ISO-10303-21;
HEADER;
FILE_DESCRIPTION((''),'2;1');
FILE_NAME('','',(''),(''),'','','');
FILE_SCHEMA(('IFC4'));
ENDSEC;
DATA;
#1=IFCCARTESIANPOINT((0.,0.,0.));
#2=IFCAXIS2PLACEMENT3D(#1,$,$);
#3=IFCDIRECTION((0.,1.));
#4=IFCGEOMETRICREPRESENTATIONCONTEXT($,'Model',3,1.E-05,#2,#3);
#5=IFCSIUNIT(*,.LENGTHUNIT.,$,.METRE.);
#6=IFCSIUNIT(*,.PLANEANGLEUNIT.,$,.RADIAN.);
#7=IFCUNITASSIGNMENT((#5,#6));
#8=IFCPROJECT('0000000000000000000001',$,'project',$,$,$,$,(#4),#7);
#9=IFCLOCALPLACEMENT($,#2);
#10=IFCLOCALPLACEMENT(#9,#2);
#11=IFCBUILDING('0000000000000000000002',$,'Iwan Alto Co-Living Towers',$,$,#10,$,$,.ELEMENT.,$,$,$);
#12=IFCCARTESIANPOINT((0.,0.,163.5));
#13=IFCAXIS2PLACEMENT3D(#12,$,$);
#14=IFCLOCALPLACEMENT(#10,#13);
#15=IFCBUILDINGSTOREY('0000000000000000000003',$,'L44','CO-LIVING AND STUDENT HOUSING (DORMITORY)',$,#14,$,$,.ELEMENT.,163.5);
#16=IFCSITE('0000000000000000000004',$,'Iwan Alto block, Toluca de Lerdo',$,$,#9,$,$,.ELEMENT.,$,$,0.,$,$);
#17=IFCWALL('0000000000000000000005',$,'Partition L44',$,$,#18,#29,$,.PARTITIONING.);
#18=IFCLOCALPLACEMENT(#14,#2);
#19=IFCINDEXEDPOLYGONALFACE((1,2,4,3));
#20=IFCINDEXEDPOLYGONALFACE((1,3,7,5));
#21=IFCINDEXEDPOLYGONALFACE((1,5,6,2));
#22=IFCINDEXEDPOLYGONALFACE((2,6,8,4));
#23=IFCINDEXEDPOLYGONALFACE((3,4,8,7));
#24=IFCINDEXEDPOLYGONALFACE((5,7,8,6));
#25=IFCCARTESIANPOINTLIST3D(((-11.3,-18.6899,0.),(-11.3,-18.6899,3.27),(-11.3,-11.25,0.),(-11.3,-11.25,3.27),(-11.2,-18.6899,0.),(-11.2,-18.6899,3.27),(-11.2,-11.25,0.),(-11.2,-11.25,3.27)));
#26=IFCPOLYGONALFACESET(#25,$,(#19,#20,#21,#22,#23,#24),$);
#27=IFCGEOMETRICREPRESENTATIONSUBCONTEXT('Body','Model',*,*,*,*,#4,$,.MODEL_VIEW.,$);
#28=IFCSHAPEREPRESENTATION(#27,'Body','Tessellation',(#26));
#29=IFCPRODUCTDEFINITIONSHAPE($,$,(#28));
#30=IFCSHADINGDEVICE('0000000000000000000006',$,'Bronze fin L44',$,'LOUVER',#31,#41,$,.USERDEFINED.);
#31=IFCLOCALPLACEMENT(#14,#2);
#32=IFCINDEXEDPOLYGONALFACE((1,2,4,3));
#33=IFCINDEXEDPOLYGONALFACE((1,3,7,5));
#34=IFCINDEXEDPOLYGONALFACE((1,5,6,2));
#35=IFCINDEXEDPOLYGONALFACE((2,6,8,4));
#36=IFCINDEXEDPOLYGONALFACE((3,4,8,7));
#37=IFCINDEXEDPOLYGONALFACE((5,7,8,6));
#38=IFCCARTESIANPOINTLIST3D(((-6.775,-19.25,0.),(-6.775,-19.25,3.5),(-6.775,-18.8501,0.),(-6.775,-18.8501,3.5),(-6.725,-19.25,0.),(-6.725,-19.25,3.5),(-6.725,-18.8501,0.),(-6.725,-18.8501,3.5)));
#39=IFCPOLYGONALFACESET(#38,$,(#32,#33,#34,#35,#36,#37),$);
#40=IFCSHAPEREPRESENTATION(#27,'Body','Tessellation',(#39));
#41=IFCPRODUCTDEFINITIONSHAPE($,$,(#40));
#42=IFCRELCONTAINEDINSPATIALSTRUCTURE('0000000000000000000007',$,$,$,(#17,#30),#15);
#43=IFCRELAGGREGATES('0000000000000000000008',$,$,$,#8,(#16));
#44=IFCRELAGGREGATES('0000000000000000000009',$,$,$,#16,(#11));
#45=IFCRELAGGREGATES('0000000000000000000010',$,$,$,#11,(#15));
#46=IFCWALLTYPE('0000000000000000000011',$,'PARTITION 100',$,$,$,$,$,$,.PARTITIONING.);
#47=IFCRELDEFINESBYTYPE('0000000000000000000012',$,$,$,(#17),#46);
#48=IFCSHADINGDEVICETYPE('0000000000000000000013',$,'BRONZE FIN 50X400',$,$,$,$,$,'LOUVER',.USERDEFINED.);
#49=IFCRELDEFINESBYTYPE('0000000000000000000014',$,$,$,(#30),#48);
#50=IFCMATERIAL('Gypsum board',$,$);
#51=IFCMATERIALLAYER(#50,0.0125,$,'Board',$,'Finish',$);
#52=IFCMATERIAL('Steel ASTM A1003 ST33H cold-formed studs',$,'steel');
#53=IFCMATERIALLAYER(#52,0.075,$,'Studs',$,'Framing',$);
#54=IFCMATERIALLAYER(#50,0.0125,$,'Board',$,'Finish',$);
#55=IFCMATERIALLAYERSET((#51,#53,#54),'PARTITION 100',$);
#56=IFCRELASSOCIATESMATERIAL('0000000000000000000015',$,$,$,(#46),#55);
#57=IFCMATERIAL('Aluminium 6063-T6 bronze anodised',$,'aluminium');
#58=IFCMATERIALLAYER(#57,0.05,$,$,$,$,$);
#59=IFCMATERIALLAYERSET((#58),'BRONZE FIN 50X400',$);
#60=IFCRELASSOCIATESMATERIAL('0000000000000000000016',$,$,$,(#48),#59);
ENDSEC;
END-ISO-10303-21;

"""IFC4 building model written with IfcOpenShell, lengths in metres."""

from ifc_helpers import new_model, si_unit, direction, frame, frame_2d, origin, origin_2d, place, context, subcontext, project, spatial, rectangle, extrude, material, layer, layer_set, type_object, element, save


model = new_model("IFC4")

# Units and contexts
model_context = context("Model", 3, precision=1e-05, world=origin(), true_north=direction((0.0, 1.0)))
body_context = subcontext(model_context, "Body", "Model", "MODEL_VIEW")
ifc_project = project(units=[si_unit("LENGTHUNIT", "METRE"), si_unit("PLANEANGLEUNIT", "RADIAN")], contexts=[model_context])

# Site, building, storey
site_placement = place(None, origin())
site = spatial("IfcSite", under=ifc_project, at=site_placement, Name="Iwan Alto block, Toluca de Lerdo", CompositionType="ELEMENT", RefElevation=0.0)
building_placement = place(site_placement, origin())
building = spatial("IfcBuilding", under=site, at=building_placement, Name="Iwan Alto Co-Living Towers", CompositionType="ELEMENT")
storey_placement = place(building_placement, frame((0.0, 0.0, 163.5)))
storey = spatial("IfcBuildingStorey", under=building, at=storey_placement, Name="L44", Description="CO-LIVING AND STUDENT HOUSING (DORMITORY)", CompositionType="ELEMENT", Elevation=163.5)

# Shared definitions
ifc_material_1 = material(Name="Gypsum board")
ifc_layer_1 = layer(ifc_material_1, 0.0125, Name="Board", Category="Finish")
ifc_material_2 = material(Name="Steel ASTM A1003 ST33H cold-formed studs", Category="steel")
ifc_layer_2 = layer(ifc_material_2, 0.075, Name="Studs", Category="Framing")
ifc_layer_3 = layer(ifc_material_1, 0.0125, Name="Board", Category="Finish")
ifc_layer_set_1 = layer_set([ifc_layer_1, ifc_layer_2, ifc_layer_3], Name="PARTITION 100")
wall_type = type_object("IfcWallType", Name="PARTITION 100", PredefinedType="PARTITIONING", material=ifc_layer_set_1)

# Wall
wall_1_placement = place(storey_placement, frame((-11.25, -18.6899, 0.0), z_axis=(0.0, 0.0, 1.0), x_axis=(0.0, 1.0, 0.0)))
element("IfcWall", 1, at=wall_1_placement, inside=storey, type_object=wall_type, Name="Partition L44", PredefinedType="PARTITIONING", context=body_context, shape_type="SweptSolid", body=[
    extrude(rectangle(XDim=7.4399, YDim=0.1001, at=frame_2d((3.72, 0.0))), origin(), (0.0, 0.0, 1.0), 3.27),
])

# Shading device
ifc_material_3 = material(Name="Aluminium 6063-T6 bronze anodised", Category="aluminium")
ifc_layer_4 = layer(ifc_material_3, 0.05)
ifc_layer_set_2 = layer_set([ifc_layer_4], Name="BRONZE FIN 50X400")
shading_device_type = type_object("IfcShadingDeviceType", Name="BRONZE FIN 50X400", ElementType="LOUVER", PredefinedType="USERDEFINED", material=ifc_layer_set_2)
shading_device_placement = place(storey_placement, frame((-6.75, -19.05, 0.0), z_axis=(0.0, 0.0, 1.0), x_axis=(1.0, 0.0, 0.0)))
element("IfcShadingDevice", 2, at=shading_device_placement, inside=storey, type_object=shading_device_type, Name="Bronze fin L44", ObjectType="LOUVER", PredefinedType="USERDEFINED", context=body_context, shape_type="SweptSolid", body=[
    extrude(rectangle(XDim=0.05, YDim=0.3999, at=origin_2d()), origin(), (0.0, 0.0, 1.0), 3.5),
])

save(model, "model.ifc")
